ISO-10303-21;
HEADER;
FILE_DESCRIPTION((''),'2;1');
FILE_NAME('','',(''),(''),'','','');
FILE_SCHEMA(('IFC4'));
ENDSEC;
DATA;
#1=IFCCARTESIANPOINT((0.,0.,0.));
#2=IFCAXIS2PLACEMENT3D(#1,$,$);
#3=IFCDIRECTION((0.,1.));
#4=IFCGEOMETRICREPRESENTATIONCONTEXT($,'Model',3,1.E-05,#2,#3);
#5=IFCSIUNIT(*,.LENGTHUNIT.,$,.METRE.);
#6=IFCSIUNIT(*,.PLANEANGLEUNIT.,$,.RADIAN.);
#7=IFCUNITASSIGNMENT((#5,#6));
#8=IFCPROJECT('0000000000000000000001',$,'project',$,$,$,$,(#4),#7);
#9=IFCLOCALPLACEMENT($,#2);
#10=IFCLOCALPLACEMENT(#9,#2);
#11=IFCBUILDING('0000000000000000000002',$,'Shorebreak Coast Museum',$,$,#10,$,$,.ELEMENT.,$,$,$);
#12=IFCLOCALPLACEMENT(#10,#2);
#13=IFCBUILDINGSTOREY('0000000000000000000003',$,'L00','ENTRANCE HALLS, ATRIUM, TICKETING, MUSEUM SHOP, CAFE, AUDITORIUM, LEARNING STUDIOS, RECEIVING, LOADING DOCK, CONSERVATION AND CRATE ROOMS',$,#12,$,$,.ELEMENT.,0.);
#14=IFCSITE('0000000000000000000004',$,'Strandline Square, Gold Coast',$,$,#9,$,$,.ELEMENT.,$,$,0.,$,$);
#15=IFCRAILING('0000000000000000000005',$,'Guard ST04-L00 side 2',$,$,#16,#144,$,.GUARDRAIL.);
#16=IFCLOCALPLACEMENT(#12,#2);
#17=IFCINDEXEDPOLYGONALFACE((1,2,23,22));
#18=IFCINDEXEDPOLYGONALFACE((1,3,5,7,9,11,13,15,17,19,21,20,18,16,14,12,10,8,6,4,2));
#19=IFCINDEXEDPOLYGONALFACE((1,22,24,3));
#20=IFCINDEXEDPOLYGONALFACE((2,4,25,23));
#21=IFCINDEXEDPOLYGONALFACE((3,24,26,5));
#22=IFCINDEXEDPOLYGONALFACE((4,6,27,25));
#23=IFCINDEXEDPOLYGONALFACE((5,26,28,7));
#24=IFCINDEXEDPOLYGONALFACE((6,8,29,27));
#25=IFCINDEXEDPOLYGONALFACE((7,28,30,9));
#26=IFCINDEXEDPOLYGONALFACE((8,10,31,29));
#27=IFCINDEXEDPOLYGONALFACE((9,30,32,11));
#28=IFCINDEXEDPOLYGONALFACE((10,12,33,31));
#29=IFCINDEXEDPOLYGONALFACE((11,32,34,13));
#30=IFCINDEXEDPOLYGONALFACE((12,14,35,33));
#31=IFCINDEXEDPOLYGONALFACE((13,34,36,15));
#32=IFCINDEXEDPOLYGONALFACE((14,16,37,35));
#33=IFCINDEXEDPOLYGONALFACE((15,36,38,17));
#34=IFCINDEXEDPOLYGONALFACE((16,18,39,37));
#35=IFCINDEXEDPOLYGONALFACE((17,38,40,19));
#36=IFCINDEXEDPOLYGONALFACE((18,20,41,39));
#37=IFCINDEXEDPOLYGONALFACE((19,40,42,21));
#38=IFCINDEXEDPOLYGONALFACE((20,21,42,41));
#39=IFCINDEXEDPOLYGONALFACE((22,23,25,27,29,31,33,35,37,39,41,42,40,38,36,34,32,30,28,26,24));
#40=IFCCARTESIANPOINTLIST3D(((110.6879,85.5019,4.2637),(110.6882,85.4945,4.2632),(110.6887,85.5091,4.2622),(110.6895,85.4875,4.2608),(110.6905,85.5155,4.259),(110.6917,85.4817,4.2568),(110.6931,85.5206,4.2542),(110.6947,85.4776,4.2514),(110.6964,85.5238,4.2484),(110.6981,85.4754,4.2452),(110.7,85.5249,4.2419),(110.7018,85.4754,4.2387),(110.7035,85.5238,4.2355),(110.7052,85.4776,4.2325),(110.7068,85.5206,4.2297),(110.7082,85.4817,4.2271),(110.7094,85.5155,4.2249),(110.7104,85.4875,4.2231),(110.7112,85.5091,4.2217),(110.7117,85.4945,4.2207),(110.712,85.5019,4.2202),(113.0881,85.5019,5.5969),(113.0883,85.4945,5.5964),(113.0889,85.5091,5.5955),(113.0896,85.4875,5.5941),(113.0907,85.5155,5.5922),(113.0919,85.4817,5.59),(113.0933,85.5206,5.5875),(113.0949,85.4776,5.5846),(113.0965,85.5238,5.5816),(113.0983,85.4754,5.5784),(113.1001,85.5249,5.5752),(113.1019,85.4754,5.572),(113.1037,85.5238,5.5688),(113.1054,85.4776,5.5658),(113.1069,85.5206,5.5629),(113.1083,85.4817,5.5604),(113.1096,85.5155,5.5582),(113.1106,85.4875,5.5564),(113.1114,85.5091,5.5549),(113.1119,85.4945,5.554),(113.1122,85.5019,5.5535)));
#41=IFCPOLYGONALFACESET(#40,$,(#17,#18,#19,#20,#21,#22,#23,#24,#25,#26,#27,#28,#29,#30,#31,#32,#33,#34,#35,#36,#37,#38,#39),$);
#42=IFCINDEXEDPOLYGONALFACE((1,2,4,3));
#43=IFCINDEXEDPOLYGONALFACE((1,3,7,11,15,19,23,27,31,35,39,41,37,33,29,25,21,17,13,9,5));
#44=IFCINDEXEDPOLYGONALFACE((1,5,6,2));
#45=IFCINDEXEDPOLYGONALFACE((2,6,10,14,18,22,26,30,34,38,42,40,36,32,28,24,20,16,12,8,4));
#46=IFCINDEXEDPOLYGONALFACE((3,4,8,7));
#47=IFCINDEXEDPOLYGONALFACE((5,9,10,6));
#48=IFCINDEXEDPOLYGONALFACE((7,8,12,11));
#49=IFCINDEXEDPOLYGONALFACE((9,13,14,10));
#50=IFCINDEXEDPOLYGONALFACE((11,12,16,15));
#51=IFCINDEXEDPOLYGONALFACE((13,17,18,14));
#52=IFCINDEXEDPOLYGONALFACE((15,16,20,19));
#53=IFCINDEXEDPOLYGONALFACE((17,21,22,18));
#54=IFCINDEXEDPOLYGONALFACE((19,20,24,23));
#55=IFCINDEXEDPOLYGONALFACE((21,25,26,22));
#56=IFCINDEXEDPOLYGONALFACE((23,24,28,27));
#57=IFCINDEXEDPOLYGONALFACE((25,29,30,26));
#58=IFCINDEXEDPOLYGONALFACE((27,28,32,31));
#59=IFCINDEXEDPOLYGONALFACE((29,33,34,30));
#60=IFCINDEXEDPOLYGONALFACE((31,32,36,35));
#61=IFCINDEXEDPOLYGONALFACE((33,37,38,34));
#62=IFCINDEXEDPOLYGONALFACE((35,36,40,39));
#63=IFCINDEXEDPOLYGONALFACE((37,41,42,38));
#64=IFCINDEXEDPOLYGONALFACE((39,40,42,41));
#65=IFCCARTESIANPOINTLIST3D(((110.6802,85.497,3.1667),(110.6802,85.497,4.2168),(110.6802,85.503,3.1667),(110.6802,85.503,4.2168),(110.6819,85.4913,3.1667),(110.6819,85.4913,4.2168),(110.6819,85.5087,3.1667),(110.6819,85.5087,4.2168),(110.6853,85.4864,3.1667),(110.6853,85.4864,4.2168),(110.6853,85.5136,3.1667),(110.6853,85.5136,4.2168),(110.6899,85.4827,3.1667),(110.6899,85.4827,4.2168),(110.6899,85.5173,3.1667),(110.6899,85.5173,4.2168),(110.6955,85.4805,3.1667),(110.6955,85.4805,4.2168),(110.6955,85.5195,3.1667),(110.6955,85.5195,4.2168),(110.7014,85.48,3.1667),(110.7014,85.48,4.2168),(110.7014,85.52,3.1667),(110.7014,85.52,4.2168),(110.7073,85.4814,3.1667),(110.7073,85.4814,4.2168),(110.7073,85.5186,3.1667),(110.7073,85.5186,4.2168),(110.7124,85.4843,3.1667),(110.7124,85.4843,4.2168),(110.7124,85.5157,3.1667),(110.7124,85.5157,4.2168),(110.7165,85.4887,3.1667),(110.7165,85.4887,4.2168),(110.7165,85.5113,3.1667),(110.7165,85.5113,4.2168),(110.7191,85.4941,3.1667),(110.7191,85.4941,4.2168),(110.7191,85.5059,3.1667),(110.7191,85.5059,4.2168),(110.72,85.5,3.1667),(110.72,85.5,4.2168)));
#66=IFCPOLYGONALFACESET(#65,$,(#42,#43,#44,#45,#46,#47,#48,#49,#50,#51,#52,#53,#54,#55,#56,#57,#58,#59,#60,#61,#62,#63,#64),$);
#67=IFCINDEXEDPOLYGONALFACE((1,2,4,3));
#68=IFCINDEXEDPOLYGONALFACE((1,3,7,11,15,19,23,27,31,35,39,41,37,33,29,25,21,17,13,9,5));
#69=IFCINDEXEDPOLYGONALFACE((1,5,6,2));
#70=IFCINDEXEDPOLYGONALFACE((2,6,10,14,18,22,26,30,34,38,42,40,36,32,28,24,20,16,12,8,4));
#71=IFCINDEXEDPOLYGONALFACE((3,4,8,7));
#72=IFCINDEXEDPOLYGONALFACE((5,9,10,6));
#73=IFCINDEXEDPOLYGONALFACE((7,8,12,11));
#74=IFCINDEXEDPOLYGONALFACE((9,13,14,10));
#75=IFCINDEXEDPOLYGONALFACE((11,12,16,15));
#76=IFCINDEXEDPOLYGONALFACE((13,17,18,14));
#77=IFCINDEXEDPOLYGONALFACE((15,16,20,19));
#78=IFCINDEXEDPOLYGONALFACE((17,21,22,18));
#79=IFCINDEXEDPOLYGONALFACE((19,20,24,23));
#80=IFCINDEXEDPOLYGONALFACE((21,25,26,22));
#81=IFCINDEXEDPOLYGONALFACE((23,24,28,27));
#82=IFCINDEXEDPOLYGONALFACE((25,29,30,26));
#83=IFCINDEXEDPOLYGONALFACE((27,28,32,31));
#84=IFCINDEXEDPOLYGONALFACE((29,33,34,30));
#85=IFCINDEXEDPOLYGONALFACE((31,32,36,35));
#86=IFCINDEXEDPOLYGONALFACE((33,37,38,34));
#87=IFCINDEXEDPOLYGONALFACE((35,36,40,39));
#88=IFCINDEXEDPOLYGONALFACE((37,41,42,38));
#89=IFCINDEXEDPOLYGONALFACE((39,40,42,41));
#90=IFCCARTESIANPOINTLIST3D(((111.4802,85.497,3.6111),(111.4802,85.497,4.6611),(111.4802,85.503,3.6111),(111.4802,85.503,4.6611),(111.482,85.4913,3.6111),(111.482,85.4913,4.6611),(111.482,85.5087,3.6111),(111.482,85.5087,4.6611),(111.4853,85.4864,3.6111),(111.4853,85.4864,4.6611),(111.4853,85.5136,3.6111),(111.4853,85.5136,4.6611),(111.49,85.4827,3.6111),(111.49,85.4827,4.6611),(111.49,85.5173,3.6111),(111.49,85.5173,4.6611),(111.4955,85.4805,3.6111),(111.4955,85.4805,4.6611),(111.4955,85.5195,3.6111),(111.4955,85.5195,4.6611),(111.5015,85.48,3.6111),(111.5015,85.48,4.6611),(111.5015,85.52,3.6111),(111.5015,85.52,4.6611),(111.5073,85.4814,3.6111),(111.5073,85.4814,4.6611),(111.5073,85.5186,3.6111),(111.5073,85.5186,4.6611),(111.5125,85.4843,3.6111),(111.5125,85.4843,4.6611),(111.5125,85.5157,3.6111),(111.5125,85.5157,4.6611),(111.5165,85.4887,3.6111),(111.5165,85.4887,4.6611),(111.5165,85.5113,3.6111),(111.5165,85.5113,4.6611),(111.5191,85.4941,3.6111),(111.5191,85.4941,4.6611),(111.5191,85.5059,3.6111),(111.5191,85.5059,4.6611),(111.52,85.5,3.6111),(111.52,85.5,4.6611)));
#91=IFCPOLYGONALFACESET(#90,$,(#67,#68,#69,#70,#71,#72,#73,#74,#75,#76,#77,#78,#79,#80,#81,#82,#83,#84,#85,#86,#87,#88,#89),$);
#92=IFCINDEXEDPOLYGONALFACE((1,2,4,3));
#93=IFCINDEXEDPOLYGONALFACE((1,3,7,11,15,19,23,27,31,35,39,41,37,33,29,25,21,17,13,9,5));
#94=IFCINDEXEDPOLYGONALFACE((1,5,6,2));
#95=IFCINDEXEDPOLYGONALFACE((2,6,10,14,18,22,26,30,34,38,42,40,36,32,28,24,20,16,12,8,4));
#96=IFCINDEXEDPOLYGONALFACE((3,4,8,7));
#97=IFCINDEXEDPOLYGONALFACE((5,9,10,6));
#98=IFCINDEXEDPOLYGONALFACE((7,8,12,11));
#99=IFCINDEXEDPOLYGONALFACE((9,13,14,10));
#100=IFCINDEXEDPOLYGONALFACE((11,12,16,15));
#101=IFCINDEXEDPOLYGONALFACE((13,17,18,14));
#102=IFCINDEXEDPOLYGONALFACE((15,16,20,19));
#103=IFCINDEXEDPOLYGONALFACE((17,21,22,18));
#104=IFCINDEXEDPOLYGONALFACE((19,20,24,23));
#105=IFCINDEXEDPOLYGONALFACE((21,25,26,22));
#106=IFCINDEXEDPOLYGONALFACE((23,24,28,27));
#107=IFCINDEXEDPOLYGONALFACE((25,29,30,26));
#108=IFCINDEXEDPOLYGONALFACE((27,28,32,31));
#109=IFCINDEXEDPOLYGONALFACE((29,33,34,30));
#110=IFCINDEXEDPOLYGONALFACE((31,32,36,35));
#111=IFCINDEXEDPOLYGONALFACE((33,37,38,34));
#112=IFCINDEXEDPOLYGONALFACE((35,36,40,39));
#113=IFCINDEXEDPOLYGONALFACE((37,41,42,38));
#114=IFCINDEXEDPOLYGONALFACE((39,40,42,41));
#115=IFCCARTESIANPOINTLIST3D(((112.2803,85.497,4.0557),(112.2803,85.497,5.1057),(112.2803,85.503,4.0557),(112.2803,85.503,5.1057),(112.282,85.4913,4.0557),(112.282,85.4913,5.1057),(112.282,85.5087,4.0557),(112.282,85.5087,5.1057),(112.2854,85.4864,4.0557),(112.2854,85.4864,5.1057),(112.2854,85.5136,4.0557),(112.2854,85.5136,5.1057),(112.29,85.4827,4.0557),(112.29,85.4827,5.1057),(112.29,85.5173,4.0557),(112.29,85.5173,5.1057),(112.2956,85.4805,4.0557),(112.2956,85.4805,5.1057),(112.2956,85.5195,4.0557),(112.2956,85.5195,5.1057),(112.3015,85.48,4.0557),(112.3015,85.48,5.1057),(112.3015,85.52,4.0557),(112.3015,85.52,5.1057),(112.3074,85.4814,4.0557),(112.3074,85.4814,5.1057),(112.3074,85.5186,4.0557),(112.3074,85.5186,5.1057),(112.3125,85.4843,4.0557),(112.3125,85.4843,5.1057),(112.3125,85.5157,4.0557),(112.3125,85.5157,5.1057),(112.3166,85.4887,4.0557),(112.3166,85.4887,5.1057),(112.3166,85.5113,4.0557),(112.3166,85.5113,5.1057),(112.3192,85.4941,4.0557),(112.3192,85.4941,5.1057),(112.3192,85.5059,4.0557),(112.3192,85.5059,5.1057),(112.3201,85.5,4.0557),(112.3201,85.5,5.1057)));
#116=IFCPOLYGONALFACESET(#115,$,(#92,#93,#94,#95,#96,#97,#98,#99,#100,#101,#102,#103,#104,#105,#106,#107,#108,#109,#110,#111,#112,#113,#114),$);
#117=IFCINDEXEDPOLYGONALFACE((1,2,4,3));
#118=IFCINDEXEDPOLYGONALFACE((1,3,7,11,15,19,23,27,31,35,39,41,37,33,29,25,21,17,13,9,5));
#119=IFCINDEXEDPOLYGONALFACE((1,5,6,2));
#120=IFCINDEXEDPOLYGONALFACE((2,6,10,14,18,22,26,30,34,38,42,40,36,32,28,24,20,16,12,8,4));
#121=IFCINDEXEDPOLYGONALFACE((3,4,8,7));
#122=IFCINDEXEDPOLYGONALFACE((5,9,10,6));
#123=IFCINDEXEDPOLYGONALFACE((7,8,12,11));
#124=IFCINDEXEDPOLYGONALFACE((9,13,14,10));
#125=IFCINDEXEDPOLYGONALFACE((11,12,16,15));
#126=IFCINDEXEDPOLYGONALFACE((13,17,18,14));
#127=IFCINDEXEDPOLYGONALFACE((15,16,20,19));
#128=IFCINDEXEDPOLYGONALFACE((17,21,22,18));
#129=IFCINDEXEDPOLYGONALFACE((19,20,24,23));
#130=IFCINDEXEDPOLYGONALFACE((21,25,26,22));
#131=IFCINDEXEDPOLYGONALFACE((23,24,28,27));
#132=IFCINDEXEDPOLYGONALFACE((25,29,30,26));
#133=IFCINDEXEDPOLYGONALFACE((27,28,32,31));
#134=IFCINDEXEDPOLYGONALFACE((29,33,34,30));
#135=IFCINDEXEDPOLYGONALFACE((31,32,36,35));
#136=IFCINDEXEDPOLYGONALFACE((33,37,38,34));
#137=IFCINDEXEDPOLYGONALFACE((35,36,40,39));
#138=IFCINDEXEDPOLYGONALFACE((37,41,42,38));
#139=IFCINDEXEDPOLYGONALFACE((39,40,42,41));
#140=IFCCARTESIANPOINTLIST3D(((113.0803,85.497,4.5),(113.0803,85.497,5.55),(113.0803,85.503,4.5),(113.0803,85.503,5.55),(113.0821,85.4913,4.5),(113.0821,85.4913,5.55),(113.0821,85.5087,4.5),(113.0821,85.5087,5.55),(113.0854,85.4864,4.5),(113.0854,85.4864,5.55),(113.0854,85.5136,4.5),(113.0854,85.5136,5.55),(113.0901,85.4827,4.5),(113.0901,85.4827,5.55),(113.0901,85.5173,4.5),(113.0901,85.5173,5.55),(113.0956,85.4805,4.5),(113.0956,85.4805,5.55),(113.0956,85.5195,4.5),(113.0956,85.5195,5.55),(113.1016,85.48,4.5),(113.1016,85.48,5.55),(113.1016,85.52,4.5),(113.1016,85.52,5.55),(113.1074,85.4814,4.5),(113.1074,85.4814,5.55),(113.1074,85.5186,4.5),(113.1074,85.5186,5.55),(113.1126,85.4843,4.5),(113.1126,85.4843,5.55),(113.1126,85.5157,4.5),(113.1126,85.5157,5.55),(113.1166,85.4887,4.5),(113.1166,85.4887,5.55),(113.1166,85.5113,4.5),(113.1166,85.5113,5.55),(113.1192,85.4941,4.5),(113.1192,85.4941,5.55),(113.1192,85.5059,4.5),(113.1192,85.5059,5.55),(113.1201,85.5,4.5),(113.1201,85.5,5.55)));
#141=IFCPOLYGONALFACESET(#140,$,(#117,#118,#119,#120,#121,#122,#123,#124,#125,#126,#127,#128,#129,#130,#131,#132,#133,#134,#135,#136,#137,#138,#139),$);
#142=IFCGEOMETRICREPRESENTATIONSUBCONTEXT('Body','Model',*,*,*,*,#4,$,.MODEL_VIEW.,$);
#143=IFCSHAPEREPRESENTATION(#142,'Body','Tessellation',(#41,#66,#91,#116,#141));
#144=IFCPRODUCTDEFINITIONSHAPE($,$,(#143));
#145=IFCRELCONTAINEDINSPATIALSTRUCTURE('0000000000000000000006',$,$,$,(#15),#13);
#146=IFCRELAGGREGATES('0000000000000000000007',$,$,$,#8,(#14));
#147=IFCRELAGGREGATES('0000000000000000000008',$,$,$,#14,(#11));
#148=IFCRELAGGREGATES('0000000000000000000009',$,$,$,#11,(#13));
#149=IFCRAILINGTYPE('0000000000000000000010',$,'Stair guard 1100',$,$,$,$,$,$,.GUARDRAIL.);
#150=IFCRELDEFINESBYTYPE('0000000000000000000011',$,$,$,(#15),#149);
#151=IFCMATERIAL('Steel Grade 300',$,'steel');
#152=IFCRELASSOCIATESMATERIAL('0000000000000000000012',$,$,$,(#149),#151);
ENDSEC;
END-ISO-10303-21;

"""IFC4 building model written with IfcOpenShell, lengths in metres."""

from ifc_helpers import new_model, si_unit, direction, frame, origin, origin_2d, place, context, subcontext, project, spatial, circle, extrude, material, type_object, element, save


model = new_model("IFC4")

# Units and contexts
model_context = context("Model", 3, precision=1e-05, world=origin(), true_north=direction((0.0, 1.0)))
body_context = subcontext(model_context, "Body", "Model", "MODEL_VIEW")
ifc_project = project(units=[si_unit("LENGTHUNIT", "METRE"), si_unit("PLANEANGLEUNIT", "RADIAN")], contexts=[model_context])

# Site, building, storey
site_placement = place(None, origin())
site = spatial("IfcSite", under=ifc_project, at=site_placement, Name="Strandline Square, Gold Coast", CompositionType="ELEMENT", RefElevation=0.0)
building_placement = place(site_placement, origin())
building = spatial("IfcBuilding", under=site, at=building_placement, Name="Shorebreak Coast Museum", CompositionType="ELEMENT")
storey_placement = place(building_placement, origin())
storey = spatial("IfcBuildingStorey", under=building, at=storey_placement, Name="L00", Description="ENTRANCE HALLS, ATRIUM, TICKETING, MUSEUM SHOP, CAFE, AUDITORIUM, LEARNING STUDIOS, RECEIVING, LOADING DOCK, CONSERVATION AND CRATE ROOMS", CompositionType="ELEMENT", Elevation=0.0)

# Railing
ifc_material_1 = material(Name="Steel Grade 300", Category="steel")
railing_type_1 = type_object("IfcRailingType", Name="Stair guard 1100", PredefinedType="GUARDRAIL", material=ifc_material_1)
railing_1_placement = place(storey_placement, frame((110.7, 85.5, 3.1667)))
element("IfcRailing", 1, at=railing_1_placement, inside=storey, type_object=railing_type_1, Name="Guard ST04-L00 side 2", PredefinedType="GUARDRAIL", context=body_context, shape_type="SweptSolid", body=[
    extrude(circle(Radius=0.0249, at=origin_2d()), frame((0.0, 0.0, 1.0752), z_axis=(0.874182, 0.0, 0.485598), x_axis=(0.0, 1.0, 0.0)), (0.0, 0.0, 1.0), 2.7456),
    extrude(circle(Radius=0.02, at=origin_2d()), origin(), (0.0, 0.0, 1.0), 1.05),
    extrude(circle(Radius=0.02, at=origin_2d()), frame((0.8, 0.0, 0.4443)), (0.0, 0.0, 1.0), 1.05),
    extrude(circle(Radius=0.02, at=origin_2d()), frame((1.6001, 0.0, 0.8889)), (0.0, 0.0, 1.0), 1.05),
    extrude(circle(Radius=0.02, at=origin_2d()), frame((2.4001, 0.0, 1.3333)), (0.0, 0.0, 1.0), 1.05),
])

save(model, "model.ifc")
